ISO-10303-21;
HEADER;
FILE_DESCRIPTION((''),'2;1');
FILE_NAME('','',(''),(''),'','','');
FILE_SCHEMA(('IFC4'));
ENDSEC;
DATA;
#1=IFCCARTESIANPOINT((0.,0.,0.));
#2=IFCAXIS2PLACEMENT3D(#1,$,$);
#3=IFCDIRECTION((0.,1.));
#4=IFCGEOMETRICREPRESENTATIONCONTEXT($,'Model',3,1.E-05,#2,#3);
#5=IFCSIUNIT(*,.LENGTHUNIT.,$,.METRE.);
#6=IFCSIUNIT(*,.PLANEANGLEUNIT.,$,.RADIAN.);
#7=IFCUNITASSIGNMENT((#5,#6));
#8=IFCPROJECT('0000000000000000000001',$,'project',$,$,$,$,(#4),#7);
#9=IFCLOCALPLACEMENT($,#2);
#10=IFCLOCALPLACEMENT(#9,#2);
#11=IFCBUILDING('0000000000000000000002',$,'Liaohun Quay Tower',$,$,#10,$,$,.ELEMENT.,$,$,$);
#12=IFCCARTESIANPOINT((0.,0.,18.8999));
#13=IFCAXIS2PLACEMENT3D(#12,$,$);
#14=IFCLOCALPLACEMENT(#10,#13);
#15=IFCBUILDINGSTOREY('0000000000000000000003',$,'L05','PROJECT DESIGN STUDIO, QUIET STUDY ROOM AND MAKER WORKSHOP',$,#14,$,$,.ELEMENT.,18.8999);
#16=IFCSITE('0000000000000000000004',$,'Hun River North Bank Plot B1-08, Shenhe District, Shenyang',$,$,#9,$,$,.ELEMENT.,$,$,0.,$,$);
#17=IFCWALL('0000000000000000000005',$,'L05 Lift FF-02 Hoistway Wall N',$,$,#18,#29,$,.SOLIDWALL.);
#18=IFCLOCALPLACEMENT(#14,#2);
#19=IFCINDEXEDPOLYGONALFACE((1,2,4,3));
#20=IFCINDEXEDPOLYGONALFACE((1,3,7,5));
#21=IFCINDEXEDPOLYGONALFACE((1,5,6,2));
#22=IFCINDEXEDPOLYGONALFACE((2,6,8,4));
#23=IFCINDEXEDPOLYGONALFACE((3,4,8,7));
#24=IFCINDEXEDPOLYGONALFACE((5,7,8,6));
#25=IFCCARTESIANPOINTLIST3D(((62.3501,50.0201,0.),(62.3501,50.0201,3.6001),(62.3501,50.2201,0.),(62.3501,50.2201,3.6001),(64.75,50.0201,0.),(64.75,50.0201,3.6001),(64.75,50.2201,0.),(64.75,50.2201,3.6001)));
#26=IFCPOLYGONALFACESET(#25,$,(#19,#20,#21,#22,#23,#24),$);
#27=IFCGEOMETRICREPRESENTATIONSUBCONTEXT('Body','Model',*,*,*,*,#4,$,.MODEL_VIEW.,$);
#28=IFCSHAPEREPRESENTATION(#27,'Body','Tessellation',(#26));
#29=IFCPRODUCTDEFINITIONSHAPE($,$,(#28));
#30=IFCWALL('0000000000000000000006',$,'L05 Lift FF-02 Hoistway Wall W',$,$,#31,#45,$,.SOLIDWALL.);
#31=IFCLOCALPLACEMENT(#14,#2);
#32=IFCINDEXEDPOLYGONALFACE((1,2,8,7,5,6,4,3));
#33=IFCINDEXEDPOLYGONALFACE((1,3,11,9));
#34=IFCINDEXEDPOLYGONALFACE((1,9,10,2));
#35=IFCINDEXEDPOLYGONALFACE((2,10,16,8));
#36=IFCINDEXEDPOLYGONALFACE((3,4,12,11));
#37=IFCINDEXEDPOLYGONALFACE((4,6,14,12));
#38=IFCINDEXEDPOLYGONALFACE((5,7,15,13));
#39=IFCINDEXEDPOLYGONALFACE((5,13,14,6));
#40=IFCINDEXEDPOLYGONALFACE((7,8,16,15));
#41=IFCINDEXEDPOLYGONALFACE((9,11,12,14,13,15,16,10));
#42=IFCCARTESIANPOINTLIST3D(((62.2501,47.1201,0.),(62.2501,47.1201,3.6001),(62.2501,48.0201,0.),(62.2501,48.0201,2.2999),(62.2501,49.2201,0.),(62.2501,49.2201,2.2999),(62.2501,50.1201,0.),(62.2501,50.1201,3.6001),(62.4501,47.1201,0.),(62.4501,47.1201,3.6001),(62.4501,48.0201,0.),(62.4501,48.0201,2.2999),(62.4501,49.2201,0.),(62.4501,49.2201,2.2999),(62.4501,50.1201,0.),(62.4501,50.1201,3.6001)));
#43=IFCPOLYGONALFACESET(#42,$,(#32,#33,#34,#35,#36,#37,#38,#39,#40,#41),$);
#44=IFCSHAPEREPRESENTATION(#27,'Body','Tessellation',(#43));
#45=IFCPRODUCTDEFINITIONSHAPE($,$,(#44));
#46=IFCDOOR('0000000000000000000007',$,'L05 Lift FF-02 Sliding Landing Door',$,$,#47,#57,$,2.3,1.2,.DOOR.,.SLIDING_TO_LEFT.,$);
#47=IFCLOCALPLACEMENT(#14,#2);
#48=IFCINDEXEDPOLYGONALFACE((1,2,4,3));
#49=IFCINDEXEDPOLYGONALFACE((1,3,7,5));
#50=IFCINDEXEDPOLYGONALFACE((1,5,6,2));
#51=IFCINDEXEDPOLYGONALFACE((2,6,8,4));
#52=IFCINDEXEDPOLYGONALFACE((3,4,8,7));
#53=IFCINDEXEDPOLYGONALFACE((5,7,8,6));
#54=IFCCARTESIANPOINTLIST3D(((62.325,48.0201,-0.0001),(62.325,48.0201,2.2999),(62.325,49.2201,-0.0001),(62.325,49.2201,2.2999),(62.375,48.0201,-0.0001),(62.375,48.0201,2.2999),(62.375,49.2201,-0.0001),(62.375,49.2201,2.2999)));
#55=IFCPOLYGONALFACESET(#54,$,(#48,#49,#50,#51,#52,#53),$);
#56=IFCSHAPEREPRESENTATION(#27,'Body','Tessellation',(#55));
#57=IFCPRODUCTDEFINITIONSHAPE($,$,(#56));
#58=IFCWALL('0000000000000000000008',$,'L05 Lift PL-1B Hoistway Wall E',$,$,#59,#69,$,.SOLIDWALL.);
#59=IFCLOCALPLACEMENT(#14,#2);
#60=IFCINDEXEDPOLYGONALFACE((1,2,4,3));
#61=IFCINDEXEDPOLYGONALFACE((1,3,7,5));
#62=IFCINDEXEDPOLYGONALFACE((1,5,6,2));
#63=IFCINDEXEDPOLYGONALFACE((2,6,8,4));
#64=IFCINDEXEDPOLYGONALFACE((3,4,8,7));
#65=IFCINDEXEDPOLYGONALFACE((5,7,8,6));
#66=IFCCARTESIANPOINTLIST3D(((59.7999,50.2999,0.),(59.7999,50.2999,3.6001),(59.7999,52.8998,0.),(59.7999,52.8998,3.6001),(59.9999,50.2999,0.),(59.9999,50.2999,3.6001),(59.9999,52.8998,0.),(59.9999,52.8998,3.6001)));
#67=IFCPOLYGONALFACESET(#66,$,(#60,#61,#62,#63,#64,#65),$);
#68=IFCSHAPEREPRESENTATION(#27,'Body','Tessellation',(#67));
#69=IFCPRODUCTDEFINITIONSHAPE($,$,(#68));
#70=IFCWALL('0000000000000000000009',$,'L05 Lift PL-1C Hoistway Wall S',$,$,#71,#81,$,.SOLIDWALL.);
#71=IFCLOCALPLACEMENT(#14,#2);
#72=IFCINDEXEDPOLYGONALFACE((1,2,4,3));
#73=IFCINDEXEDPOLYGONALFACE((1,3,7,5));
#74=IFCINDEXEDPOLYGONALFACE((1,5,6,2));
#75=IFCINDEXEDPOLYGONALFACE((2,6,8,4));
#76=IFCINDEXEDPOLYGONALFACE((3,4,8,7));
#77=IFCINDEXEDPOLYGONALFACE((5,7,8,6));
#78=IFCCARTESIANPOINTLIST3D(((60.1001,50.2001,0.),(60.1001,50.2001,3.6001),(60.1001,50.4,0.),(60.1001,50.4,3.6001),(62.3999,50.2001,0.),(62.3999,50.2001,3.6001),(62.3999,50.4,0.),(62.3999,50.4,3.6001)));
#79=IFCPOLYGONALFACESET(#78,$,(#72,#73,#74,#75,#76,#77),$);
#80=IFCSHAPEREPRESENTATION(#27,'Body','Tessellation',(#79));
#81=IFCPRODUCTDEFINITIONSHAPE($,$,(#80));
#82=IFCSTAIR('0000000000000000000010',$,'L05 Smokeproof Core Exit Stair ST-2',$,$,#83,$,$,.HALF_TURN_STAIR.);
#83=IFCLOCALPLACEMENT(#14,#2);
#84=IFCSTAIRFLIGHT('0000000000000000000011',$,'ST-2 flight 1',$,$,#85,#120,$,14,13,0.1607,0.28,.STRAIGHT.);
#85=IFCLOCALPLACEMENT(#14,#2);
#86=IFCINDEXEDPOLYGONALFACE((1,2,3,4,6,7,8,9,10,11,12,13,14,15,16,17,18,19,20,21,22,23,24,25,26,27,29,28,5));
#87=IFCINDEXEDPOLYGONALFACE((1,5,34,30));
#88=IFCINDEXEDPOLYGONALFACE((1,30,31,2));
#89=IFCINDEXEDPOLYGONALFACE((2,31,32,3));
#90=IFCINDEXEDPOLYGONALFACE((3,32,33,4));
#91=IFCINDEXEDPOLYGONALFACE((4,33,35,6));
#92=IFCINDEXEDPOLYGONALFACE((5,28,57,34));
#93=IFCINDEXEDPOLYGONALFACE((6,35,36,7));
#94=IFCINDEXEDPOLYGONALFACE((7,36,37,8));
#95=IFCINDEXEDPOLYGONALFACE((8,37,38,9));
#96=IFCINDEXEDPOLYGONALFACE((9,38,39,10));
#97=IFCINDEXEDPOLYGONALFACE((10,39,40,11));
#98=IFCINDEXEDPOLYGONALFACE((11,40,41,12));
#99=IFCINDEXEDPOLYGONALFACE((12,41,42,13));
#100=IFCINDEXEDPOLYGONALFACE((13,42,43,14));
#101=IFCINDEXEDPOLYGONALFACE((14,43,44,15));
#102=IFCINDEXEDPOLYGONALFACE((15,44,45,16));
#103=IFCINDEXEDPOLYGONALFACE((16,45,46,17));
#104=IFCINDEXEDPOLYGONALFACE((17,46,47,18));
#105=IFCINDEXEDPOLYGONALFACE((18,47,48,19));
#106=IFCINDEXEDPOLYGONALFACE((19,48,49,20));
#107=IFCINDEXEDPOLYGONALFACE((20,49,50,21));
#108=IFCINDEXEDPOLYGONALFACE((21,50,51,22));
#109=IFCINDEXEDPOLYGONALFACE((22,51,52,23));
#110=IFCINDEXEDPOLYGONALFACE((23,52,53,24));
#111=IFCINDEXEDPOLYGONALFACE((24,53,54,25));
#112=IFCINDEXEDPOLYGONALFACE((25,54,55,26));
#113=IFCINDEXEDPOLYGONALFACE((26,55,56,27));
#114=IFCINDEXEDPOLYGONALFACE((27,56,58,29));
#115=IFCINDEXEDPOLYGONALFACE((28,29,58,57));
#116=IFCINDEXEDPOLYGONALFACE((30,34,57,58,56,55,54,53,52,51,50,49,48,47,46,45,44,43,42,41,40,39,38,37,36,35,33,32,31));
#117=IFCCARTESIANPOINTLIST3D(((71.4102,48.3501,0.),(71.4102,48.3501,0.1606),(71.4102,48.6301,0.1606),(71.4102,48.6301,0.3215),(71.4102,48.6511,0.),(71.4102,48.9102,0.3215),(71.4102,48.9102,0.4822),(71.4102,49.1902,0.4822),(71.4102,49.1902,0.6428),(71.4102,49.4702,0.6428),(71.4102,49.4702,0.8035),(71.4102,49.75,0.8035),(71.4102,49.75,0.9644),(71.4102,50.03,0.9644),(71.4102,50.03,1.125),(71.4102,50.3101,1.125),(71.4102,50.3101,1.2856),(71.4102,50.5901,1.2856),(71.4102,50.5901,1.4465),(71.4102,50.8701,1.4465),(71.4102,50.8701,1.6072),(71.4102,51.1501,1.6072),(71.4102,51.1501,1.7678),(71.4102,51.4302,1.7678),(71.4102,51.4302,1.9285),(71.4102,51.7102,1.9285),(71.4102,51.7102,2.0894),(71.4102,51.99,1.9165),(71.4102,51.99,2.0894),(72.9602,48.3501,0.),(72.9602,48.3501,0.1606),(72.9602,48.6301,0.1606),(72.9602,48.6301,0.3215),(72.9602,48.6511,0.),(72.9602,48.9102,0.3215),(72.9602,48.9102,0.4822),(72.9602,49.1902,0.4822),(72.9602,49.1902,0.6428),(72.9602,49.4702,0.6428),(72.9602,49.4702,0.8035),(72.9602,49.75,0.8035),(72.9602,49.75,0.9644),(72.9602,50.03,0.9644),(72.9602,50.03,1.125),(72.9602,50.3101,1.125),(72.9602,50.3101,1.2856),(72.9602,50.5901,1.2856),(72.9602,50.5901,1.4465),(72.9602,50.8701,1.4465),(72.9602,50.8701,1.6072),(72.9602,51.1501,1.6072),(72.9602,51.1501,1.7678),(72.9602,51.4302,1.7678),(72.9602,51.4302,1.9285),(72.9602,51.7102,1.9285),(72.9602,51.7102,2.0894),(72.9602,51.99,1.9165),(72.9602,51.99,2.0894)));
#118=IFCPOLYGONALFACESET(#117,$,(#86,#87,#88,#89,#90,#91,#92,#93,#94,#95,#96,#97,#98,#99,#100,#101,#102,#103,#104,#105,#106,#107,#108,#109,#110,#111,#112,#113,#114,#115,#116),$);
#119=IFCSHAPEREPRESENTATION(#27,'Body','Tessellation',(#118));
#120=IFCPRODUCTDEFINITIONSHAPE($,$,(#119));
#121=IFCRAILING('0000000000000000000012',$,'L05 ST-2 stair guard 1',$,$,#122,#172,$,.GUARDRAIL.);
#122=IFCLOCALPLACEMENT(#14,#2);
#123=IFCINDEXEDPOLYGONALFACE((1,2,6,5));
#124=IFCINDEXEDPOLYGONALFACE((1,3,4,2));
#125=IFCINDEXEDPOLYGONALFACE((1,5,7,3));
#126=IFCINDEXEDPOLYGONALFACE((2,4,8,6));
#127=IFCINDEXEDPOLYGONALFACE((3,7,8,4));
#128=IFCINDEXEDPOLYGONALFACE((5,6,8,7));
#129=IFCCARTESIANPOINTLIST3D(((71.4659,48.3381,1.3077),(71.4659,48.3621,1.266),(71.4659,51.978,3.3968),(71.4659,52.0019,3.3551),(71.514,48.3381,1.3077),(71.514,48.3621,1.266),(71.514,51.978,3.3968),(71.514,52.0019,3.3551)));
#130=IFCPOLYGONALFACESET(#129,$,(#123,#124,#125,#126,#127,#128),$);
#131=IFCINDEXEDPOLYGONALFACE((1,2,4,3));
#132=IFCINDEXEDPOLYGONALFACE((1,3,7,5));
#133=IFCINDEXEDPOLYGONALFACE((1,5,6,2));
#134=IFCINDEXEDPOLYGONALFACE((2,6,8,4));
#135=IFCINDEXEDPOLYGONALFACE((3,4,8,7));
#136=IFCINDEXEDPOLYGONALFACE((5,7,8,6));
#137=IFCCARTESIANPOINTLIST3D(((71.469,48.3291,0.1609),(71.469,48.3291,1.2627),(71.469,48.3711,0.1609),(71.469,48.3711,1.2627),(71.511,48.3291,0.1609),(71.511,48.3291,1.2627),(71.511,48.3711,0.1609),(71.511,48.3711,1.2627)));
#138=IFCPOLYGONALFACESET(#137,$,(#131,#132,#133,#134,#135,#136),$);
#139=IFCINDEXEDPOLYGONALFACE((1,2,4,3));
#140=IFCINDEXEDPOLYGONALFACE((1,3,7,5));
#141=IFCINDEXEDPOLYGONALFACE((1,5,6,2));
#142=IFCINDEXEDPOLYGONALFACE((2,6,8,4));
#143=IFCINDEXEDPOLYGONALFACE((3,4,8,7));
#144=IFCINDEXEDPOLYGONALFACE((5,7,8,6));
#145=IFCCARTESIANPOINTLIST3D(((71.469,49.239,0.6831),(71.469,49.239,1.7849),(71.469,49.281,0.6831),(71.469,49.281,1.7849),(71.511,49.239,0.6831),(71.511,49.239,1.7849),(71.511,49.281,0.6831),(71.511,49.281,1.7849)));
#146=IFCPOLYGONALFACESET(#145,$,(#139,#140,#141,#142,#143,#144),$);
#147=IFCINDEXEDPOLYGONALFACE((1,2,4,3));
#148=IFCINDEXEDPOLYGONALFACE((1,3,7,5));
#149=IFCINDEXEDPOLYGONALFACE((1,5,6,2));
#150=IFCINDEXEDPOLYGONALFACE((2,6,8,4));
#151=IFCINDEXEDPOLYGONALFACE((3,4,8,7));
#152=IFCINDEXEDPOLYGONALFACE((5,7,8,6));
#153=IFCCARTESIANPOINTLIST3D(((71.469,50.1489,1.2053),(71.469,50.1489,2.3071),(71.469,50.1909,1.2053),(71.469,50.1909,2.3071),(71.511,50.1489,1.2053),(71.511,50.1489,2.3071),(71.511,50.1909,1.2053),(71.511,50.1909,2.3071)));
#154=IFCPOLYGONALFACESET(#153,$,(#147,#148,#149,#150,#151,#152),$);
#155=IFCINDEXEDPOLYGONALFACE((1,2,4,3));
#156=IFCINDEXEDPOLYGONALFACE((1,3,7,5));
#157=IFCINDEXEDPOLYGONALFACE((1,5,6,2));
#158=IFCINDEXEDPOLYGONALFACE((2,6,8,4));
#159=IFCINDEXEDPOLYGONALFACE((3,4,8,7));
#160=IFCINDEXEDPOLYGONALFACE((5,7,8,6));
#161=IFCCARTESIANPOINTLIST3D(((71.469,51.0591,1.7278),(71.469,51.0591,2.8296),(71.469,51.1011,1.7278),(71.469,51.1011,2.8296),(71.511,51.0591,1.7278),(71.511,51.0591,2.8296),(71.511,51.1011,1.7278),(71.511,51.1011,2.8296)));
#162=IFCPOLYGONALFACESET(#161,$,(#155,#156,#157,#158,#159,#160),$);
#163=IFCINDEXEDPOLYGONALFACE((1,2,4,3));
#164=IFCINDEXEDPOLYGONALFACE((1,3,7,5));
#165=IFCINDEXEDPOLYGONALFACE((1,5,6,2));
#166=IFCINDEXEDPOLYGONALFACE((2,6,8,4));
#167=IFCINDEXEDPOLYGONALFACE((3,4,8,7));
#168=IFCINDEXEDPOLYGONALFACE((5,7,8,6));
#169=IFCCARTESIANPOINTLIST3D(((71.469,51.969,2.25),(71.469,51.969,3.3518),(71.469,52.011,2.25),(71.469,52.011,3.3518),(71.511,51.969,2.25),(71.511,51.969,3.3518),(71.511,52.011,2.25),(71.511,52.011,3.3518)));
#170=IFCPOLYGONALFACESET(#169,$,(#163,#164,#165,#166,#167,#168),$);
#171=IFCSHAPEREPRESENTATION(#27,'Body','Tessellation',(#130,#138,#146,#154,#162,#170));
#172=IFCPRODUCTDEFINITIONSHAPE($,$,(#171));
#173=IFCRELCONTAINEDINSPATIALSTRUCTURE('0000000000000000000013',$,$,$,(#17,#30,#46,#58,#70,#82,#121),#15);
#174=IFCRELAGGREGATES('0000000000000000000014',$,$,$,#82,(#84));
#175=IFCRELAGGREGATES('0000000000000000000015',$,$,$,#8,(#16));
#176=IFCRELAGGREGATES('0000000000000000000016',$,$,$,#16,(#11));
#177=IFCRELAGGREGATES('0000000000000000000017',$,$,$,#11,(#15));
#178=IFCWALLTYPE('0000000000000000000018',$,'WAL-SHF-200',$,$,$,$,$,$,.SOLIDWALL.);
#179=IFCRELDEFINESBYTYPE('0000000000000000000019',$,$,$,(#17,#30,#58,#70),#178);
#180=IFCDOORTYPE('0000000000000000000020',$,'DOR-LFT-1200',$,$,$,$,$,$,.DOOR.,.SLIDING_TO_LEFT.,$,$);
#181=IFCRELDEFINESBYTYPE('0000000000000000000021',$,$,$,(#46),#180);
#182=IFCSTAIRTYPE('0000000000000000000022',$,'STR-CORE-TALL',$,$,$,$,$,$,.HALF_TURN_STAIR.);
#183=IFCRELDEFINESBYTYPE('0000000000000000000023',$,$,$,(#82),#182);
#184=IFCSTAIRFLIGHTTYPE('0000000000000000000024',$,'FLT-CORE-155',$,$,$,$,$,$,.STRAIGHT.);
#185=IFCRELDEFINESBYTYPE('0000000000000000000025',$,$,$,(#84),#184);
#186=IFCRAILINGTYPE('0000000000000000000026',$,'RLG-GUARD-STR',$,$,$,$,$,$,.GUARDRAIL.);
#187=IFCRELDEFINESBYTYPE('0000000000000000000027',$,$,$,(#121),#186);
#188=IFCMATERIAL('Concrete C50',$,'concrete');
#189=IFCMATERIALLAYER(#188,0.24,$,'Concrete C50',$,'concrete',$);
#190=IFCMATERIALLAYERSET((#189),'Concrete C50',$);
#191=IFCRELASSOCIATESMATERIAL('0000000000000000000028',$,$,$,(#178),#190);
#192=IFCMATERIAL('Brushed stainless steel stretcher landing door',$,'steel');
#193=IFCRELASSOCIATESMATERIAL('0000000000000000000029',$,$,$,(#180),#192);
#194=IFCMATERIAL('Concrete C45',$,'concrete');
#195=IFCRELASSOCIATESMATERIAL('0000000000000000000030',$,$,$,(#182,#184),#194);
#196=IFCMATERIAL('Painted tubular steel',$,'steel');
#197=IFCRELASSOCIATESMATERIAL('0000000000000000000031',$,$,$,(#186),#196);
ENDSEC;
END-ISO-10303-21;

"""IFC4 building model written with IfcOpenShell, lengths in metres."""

from ifc_helpers import new_model, si_unit, direction, frame, frame_2d, origin, origin_2d, place, context, subcontext, project, spatial, polyline, rectangle, outline, extrude, source, transform, mapped, material, layer, layer_set, type_object, element, fill, aggregate, save


model = new_model("IFC4")

# Units and contexts
model_context = context("Model", 3, precision=1e-05, world=origin(), true_north=direction((0.0, 1.0)))
body_context = subcontext(model_context, "Body", "Model", "MODEL_VIEW")
ifc_project = project(units=[si_unit("LENGTHUNIT", "METRE"), si_unit("PLANEANGLEUNIT", "RADIAN")], contexts=[model_context])

# Site, building, storey
site_placement = place(None, origin())
site = spatial("IfcSite", under=ifc_project, at=site_placement, Name="Hun River North Bank Plot B1-08, Shenhe District, Shenyang", CompositionType="ELEMENT", RefElevation=0.0)
building_placement = place(site_placement, origin())
building = spatial("IfcBuilding", under=site, at=building_placement, Name="Liaohun Quay Tower", CompositionType="ELEMENT")
storey_placement = place(building_placement, frame((0.0, 0.0, 18.8999)))
storey = spatial("IfcBuildingStorey", under=building, at=storey_placement, Name="L05", Description="PROJECT DESIGN STUDIO, QUIET STUDY ROOM AND MAKER WORKSHOP", CompositionType="ELEMENT", Elevation=18.8999)

# Shared definitions
ifc_material_1 = material(Name="Concrete C50", Category="concrete")
ifc_layer_1 = layer(ifc_material_1, 0.24, Name="Concrete C50", Category="concrete")
ifc_layer_set_1 = layer_set([ifc_layer_1], Name="Concrete C50")
wall_type_1 = type_object("IfcWallType", Name="WAL-SHF-200", PredefinedType="SOLIDWALL", material=ifc_layer_set_1)

# Shared definitions
shared_shape_1 = source(origin(), body_context, "Body", "SweptSolid", [
    extrude(rectangle(XDim=1.2, YDim=2.3, at=frame_2d((0.6001, 1.1499))), frame((0.0, 0.1099, 0.0), z_axis=(0.0, -1.0, 0.0), x_axis=(1.0, 0.0, 0.0)), (0.0, 0.0, 1.0), 0.22),
])
ifc_material_2 = material(Name="Brushed stainless steel stretcher landing door", Category="steel")
door_type_1 = type_object("IfcDoorType", Name="DOR-LFT-1200", OperationType="SLIDING_TO_LEFT", PredefinedType="DOOR", material=ifc_material_2)
shared_shape_2 = source(origin(), body_context, "Body", "SweptSolid", [
    extrude(rectangle(XDim=1.2, YDim=2.3, at=frame_2d((0.6001, 1.1499))), frame((0.0, 0.0249, 0.0), z_axis=(0.0, -1.0, 0.0), x_axis=(1.0, 0.0, 0.0)), (0.0, 0.0, 1.0), 0.05),
])

# Wall
wall_1_placement = place(storey_placement, frame((64.75, 50.1201, 0.0), z_axis=(0.0, 0.0, 1.0), x_axis=(-1.0, 0.0, 0.0)))
element("IfcWall", 1, at=wall_1_placement, inside=storey, type_object=wall_type_1, Name="L05 Lift FF-02 Hoistway Wall N", PredefinedType="SOLIDWALL", context=body_context, shape_type="SweptSolid", body=[
    extrude(rectangle(XDim=2.3999, YDim=0.2, at=frame_2d((1.2, 0.0))), origin(), (0.0, 0.0, 1.0), 3.6001),
])

# Wall, opening, door
wall_2_placement = place(storey_placement, frame((62.3501, 50.1201, 0.0), z_axis=(0.0, 0.0, 1.0), x_axis=(0.0, -1.0, 0.0)))
wall_2 = element("IfcWall", 2, at=wall_2_placement, inside=storey, type_object=wall_type_1, Name="L05 Lift FF-02 Hoistway Wall W", PredefinedType="SOLIDWALL", context=body_context, shape_type="SweptSolid", body=[
    extrude(rectangle(XDim=3.0, YDim=0.2, at=frame_2d((1.5, 0.0))), origin(), (0.0, 0.0, 1.0), 3.6001),
])
opening_1_placement = place(wall_2_placement, frame((0.8999, 0.0, 0.0)))
opening_1 = element("IfcOpeningElement", 3, at=opening_1_placement, cuts=wall_2, PredefinedType="OPENING", context=body_context, shape_type="MappedRepresentation", body=[
    mapped(shared_shape_1, transform((0.0, 0.0, 0.0), x_axis=(1.0, 0.0, 0.0), y_axis=(0.0, 1.0, 0.0), z_axis=(0.0, 0.0, 1.0), scale=1.0)),
])
door_1_placement = place(opening_1_placement, origin())
door_1 = element("IfcDoor", 4, at=door_1_placement, inside=storey, type_object=door_type_1, Name="L05 Lift FF-02 Sliding Landing Door", OperationType="SLIDING_TO_LEFT", OverallHeight=2.3, OverallWidth=1.2, PredefinedType="DOOR", context=body_context, shape_type="MappedRepresentation", body=[
    mapped(shared_shape_2, transform((0.0, 0.0, 0.0), x_axis=(1.0, 0.0, 0.0), y_axis=(0.0, 1.0, 0.0), z_axis=(0.0, 0.0, 1.0), scale=1.0)),
])
fill(opening_1, door_1)

# Walls
wall_3_placement = place(storey_placement, frame((59.8999, 50.3, 0.0), z_axis=(0.0, 0.0, 1.0), x_axis=(0.0, 1.0, 0.0)))
element("IfcWall", 5, at=wall_3_placement, inside=storey, type_object=wall_type_1, Name="L05 Lift PL-1B Hoistway Wall E", PredefinedType="SOLIDWALL", context=body_context, shape_type="SweptSolid", body=[
    extrude(rectangle(XDim=2.5999, YDim=0.2, at=frame_2d((1.2998, 0.0))), origin(), (0.0, 0.0, 1.0), 3.6001),
])
wall_4_placement = place(storey_placement, frame((60.1001, 50.3, 0.0), z_axis=(0.0, 0.0, 1.0), x_axis=(1.0, 0.0, 0.0)))
element("IfcWall", 6, at=wall_4_placement, inside=storey, type_object=wall_type_1, Name="L05 Lift PL-1C Hoistway Wall S", PredefinedType="SOLIDWALL", context=body_context, shape_type="SweptSolid", body=[
    extrude(rectangle(XDim=2.2998, YDim=0.2, at=frame_2d((1.1499, 0.0))), origin(), (0.0, 0.0, 1.0), 3.6001),
])

# Stair, stair flight
ifc_material_3 = material(Name="Concrete C45", Category="concrete")
stair_type = type_object("IfcStairType", Name="STR-CORE-TALL", PredefinedType="HALF_TURN_STAIR", material=ifc_material_3)
stair_placement = place(storey_placement, origin())
stair = element("IfcStair", 7, at=stair_placement, inside=storey, type_object=stair_type, Name="L05 Smokeproof Core Exit Stair ST-2", PredefinedType="HALF_TURN_STAIR")
stair_flight_type = type_object("IfcStairFlightType", Name="FLT-CORE-155", PredefinedType="STRAIGHT", material=ifc_material_3)
stair_flight_placement = place(storey_placement, frame((72.1851, 48.3501, 0.0), z_axis=(0.0, 0.0, 1.0), x_axis=(0.0, 1.0, 0.0)))
stair_flight = element("IfcStairFlight", 8, at=stair_flight_placement, type_object=stair_flight_type, Name="ST-2 flight 1", NumberOfRisers=14, NumberOfTreads=13, PredefinedType="STRAIGHT", RiserHeight=0.1607, TreadLength=0.28, context=body_context, shape_type="SweptSolid", body=[
    extrude(outline(polyline([(0.0, 0.0), (0.0, 0.1606), (0.28, 0.1606), (0.28, 0.3215), (0.5601, 0.3215), (0.5601, 0.4822), (0.8401, 0.4822), (0.8401, 0.6428), (1.1201, 0.6428), (1.1201, 0.8035), (1.3999, 0.8035), (1.3999, 0.9644), (1.6799, 0.9644), (1.6799, 1.125), (1.96, 1.125), (1.96, 1.2856), (2.24, 1.2856), (2.24, 1.4465), (2.52, 1.4465), (2.52, 1.6072), (2.8, 1.6072), (2.8, 1.7678), (3.0801, 1.7678), (3.0801, 1.9285), (3.3601, 1.9285), (3.3601, 2.0894), (3.6399, 2.0894), (3.6399, 2.25), (3.6399, 1.9165), (0.301, 0.0), (0.0, 0.0)])), frame((0.0, 0.7749, 0.0), z_axis=(0.0, -1.0, 0.0), x_axis=(1.0, 0.0, 0.0)), (0.0, 0.0, 1.0), 1.55),
])
aggregate(stair, [stair_flight])

# Railing
ifc_material_4 = material(Name="Painted tubular steel", Category="steel")
railing_type_1 = type_object("IfcRailingType", Name="RLG-GUARD-STR", PredefinedType="GUARDRAIL", material=ifc_material_4)
railing_1_placement = place(storey_placement, frame((71.49, 48.3501, 0.1609)))
element("IfcRailing", 9, at=railing_1_placement, inside=storey, type_object=railing_type_1, Name="L05 ST-2 stair guard 1", PredefinedType="GUARDRAIL", context=body_context, shape_type="SweptSolid", body=[
    extrude(rectangle(XDim=0.0481, YDim=0.0481, at=origin_2d()), frame((0.0, 0.0, 1.126), z_axis=(0.0, 0.8673, 0.497786), x_axis=(-1.0, 0.0, 0.0)), (0.0, 0.0, 1.0), 4.1968),
    extrude(rectangle(XDim=0.042, YDim=0.042, at=origin_2d()), origin(), (0.0, 0.0, 1.0), 1.1018),
    extrude(rectangle(XDim=0.042, YDim=0.042, at=origin_2d()), frame((0.0, 0.9099, 0.5222)), (0.0, 0.0, 1.0), 1.1018),
    extrude(rectangle(XDim=0.042, YDim=0.042, at=origin_2d()), frame((0.0, 1.8198, 1.0444)), (0.0, 0.0, 1.0), 1.1018),
    extrude(rectangle(XDim=0.042, YDim=0.042, at=origin_2d()), frame((0.0, 2.73, 1.5669)), (0.0, 0.0, 1.0), 1.1018),
    extrude(rectangle(XDim=0.042, YDim=0.042, at=origin_2d()), frame((0.0, 3.6399, 2.0891)), (0.0, 0.0, 1.0), 1.1018),
])

save(model, "model.ifc")
